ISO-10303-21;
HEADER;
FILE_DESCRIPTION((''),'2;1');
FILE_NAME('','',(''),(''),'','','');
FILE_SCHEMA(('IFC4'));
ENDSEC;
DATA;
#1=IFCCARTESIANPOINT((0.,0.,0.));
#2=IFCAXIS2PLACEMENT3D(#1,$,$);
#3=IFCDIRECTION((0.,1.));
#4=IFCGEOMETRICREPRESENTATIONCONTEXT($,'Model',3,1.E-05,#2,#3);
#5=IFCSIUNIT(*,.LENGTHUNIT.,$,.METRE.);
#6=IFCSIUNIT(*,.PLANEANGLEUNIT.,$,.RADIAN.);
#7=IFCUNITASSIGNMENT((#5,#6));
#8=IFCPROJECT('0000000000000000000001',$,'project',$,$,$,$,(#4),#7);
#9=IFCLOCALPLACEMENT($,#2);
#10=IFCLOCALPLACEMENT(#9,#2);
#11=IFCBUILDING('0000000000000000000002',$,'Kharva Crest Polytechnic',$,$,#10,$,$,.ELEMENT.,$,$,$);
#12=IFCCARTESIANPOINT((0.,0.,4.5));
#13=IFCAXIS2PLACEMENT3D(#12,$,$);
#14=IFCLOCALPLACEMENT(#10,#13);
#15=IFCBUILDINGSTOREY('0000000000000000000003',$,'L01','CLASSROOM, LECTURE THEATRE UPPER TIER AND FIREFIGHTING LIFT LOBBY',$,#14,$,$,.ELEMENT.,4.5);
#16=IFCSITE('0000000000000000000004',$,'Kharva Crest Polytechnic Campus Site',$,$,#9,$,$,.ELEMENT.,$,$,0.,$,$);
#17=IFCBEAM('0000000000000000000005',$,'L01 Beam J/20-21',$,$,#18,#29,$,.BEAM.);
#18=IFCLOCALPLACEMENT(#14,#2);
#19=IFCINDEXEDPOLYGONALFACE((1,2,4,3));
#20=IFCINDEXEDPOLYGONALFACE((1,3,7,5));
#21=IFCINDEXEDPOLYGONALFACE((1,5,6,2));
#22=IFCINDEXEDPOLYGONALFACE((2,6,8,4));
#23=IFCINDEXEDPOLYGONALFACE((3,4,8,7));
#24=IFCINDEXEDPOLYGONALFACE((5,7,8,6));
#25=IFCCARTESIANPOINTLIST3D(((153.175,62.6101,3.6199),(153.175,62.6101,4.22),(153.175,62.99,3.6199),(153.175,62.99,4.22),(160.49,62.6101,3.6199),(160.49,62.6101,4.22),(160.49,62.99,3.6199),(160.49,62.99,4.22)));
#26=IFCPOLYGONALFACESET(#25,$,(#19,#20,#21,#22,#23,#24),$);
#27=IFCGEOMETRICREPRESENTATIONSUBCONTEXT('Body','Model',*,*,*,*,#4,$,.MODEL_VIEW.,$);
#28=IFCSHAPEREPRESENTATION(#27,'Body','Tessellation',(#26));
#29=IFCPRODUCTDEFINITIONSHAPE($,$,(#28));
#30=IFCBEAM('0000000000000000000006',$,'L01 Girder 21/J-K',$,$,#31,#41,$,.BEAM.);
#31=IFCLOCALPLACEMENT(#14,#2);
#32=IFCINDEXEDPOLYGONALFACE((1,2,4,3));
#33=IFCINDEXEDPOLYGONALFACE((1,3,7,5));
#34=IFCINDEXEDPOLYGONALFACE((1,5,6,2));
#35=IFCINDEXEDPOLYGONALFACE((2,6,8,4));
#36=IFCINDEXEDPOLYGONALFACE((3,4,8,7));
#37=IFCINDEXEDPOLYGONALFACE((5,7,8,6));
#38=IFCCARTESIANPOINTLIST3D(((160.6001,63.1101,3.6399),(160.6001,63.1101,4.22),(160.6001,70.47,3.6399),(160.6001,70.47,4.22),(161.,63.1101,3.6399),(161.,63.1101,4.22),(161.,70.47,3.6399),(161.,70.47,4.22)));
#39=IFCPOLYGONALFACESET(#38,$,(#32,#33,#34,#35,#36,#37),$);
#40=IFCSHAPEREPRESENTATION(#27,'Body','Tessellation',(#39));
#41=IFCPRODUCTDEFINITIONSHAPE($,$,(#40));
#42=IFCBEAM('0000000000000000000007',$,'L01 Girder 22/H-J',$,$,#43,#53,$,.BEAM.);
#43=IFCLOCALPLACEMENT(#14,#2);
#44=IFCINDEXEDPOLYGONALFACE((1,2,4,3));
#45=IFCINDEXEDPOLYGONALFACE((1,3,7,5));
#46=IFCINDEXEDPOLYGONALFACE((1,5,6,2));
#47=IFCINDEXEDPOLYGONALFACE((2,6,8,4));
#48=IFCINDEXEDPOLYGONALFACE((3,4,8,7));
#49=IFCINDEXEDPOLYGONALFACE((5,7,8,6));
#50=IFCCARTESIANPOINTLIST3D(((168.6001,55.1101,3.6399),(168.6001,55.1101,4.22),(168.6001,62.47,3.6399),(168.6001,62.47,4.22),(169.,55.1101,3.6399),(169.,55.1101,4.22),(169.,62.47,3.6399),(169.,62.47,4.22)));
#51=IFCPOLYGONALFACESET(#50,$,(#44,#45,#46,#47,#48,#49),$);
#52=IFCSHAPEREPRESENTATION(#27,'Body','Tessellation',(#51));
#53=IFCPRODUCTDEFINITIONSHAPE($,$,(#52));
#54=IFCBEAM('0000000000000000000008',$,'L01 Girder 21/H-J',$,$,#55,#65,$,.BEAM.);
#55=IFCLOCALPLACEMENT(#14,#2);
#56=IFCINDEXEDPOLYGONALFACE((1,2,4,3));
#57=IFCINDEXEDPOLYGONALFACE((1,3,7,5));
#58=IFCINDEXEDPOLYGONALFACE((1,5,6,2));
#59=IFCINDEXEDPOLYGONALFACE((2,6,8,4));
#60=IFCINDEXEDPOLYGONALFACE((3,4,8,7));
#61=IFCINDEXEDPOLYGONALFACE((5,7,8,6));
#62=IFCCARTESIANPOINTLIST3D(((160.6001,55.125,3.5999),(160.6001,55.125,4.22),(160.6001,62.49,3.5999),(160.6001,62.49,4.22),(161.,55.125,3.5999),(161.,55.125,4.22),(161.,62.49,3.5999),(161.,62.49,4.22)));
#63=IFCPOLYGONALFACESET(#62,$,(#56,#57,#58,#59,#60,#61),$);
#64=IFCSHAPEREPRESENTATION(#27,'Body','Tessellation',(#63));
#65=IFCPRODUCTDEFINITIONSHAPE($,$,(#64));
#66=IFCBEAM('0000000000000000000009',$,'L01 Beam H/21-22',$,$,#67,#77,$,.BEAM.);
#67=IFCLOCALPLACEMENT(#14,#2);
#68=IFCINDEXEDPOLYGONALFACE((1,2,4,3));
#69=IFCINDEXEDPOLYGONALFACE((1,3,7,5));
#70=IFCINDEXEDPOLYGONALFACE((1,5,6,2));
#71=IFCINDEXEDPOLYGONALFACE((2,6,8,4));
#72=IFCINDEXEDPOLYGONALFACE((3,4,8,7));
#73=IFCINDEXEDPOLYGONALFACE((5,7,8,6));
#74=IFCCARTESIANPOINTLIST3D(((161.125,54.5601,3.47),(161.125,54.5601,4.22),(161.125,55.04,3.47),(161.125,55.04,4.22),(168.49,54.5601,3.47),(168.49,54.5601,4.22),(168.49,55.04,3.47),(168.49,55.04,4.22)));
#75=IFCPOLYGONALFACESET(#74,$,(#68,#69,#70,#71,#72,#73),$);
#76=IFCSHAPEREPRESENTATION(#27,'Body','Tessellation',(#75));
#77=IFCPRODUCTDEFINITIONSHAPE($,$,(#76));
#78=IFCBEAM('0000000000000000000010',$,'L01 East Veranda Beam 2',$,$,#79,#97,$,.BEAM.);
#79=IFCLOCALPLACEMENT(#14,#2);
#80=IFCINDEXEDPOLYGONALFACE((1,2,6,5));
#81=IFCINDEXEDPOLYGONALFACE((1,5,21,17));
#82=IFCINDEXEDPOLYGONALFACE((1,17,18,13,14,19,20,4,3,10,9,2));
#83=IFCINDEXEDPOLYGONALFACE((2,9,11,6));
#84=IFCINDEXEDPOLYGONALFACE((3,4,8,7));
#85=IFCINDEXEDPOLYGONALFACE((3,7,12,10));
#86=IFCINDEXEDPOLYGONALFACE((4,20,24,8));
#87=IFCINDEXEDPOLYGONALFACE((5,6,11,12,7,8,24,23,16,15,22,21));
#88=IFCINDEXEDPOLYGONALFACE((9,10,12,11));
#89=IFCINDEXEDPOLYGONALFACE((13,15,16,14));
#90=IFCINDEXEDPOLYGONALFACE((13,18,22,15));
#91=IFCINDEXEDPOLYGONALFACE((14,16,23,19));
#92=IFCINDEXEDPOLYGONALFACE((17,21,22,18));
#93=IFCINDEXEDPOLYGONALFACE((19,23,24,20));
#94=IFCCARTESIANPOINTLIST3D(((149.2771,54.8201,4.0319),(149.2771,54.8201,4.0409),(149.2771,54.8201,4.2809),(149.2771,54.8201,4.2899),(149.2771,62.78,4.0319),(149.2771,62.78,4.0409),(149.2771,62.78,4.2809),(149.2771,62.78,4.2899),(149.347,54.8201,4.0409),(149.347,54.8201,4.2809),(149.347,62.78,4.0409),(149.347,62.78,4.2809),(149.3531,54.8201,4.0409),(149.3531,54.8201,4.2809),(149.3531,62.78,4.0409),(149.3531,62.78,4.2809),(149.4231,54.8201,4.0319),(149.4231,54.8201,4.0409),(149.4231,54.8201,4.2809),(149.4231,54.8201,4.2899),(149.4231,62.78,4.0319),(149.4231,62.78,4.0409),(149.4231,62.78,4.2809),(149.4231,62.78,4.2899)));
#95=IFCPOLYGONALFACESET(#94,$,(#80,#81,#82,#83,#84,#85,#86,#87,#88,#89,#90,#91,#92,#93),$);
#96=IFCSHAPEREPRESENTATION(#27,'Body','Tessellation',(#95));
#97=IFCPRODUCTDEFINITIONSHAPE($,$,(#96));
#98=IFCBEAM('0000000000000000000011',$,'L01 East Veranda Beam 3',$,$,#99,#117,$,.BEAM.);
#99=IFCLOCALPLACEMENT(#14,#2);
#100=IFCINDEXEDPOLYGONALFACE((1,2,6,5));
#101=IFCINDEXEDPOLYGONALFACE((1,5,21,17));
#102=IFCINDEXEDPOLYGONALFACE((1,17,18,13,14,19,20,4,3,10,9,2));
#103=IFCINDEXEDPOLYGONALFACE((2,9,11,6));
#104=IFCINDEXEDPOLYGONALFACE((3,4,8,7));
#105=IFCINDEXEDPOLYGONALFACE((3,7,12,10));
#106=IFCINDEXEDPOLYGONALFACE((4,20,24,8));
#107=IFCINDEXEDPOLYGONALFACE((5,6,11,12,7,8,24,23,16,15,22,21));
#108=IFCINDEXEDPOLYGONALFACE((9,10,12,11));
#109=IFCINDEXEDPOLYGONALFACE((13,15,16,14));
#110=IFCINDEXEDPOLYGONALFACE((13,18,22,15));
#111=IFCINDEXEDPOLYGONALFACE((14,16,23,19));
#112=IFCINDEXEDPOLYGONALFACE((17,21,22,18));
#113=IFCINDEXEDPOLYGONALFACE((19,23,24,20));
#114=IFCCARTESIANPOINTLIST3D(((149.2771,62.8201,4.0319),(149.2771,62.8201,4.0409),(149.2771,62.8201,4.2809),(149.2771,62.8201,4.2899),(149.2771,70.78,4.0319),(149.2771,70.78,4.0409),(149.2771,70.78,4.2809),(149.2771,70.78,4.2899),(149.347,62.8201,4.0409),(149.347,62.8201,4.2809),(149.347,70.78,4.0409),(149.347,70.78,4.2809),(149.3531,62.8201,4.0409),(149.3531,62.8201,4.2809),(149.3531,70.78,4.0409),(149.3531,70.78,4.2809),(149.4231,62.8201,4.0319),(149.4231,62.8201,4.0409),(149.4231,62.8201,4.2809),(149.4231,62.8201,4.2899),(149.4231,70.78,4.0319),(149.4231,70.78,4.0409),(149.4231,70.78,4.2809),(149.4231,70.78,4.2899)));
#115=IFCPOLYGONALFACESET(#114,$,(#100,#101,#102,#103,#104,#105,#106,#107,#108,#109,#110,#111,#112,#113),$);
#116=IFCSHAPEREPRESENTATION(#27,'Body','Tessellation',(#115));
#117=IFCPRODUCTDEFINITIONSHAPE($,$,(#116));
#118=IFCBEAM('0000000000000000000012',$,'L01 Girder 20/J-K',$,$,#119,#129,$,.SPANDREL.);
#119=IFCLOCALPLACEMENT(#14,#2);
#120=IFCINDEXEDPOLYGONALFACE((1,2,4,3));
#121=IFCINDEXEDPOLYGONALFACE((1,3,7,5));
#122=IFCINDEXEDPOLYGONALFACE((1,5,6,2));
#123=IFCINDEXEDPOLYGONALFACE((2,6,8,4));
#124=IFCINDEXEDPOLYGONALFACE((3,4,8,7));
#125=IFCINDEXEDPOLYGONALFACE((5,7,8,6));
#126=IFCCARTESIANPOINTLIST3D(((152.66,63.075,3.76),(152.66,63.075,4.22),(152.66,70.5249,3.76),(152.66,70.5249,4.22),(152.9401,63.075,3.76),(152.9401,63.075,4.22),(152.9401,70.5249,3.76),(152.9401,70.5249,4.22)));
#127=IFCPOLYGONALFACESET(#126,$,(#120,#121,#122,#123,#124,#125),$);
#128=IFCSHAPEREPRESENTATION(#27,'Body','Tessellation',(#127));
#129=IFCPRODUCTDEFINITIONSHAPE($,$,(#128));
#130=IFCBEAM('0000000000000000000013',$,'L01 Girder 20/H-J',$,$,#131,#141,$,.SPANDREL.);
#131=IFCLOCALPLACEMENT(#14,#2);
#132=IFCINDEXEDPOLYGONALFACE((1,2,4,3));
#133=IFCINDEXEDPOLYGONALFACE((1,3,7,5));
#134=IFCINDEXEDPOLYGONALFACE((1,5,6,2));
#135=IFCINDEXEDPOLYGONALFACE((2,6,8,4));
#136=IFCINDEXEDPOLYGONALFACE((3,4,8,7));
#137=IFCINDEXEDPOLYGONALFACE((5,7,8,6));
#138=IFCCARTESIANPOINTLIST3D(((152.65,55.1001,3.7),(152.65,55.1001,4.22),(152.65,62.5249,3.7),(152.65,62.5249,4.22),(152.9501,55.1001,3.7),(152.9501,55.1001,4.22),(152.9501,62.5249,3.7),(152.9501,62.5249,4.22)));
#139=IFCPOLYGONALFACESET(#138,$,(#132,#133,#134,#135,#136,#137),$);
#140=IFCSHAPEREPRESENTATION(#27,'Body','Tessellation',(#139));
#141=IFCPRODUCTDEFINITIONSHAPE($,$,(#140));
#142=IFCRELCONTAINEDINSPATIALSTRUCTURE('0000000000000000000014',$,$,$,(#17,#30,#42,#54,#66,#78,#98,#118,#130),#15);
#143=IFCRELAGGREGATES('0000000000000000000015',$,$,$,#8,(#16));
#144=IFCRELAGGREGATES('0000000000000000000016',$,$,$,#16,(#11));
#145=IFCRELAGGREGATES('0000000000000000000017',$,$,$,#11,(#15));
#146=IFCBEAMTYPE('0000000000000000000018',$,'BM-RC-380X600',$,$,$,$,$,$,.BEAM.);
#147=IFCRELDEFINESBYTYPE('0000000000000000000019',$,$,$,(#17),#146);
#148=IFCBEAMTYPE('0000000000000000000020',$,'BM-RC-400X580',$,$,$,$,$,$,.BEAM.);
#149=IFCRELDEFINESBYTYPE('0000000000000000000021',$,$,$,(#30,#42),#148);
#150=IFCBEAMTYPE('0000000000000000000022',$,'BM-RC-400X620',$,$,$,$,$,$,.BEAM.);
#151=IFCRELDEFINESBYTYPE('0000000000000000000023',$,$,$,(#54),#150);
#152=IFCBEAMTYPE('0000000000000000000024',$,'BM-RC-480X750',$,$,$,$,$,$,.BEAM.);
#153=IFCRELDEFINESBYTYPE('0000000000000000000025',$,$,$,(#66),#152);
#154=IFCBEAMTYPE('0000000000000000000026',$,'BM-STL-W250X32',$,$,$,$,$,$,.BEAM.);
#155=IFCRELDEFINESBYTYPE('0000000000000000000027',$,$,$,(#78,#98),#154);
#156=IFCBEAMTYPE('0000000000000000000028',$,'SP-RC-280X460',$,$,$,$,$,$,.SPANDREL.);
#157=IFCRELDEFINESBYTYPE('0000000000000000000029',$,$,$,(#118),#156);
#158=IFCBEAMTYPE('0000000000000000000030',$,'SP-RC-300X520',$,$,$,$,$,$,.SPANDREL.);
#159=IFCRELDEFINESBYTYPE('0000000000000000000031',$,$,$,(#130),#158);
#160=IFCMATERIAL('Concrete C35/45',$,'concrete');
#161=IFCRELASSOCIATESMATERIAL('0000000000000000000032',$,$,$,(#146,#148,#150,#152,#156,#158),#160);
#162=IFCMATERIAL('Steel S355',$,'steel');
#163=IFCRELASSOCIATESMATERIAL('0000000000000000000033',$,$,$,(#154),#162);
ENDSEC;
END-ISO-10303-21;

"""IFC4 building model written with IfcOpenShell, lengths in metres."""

from ifc_helpers import new_model, si_unit, direction, frame, origin, origin_2d, place, context, subcontext, project, spatial, rectangle, i_section, extrude, material, material_profile, profile_set, type_object, element, save


model = new_model("IFC4")

# Units and contexts
model_context = context("Model", 3, precision=1e-05, world=origin(), true_north=direction((0.0, 1.0)))
body_context = subcontext(model_context, "Body", "Model", "MODEL_VIEW")
ifc_project = project(units=[si_unit("LENGTHUNIT", "METRE"), si_unit("PLANEANGLEUNIT", "RADIAN")], contexts=[model_context])

# Site, building, storey
site_placement = place(None, origin())
site = spatial("IfcSite", under=ifc_project, at=site_placement, Name="Kharva Crest Polytechnic Campus Site", CompositionType="ELEMENT", RefElevation=0.0)
building_placement = place(site_placement, origin())
building = spatial("IfcBuilding", under=site, at=building_placement, Name="Kharva Crest Polytechnic", CompositionType="ELEMENT")
storey_placement = place(building_placement, frame((0.0, 0.0, 4.5)))
storey = spatial("IfcBuildingStorey", under=building, at=storey_placement, Name="L01", Description="CLASSROOM, LECTURE THEATRE UPPER TIER AND FIREFIGHTING LIFT LOBBY", CompositionType="ELEMENT", Elevation=4.5)

# Shared definitions
ifc_material_1 = material(Name="Steel S355", Category="steel")

# Beams
ifc_material_2 = material(Name="Concrete C35/45", Category="concrete")
ifc_material_profile_1 = material_profile(ifc_material_2, rectangle(XDim=0.3799, YDim=0.6001, at=origin_2d()), Name="RECT 380 X 600")
ifc_profile_set_1 = profile_set([ifc_material_profile_1], Name="Concrete C35/45")
beam_type_1 = type_object("IfcBeamType", Name="BM-RC-380X600", PredefinedType="BEAM", material=ifc_profile_set_1)
beam_1_placement = place(storey_placement, frame((153.175, 62.8, 3.9199), z_axis=(1.0, 0.0, 0.0), x_axis=(0.0, 1.0, 0.0)))
element("IfcBeam", 1, at=beam_1_placement, inside=storey, type_object=beam_type_1, Name="L01 Beam J/20-21", PredefinedType="BEAM", context=body_context, shape_type="SweptSolid", body=[
    extrude(rectangle(XDim=0.3799, YDim=0.6001, at=origin_2d()), origin(), (0.0, 0.0, 1.0), 7.3149),
])
ifc_material_profile_2 = material_profile(ifc_material_2, rectangle(XDim=0.3999, YDim=0.5801, at=origin_2d()), Name="RECT 400 X 580")
ifc_profile_set_2 = profile_set([ifc_material_profile_2], Name="Concrete C35/45")
beam_type_2 = type_object("IfcBeamType", Name="BM-RC-400X580", PredefinedType="BEAM", material=ifc_profile_set_2)
for number, where, z_axis, x_axis, name in (
    (2, (160.8, 63.1101, 3.9299), (0.0, 1.0, 0.0), (-1.0, 0.0, 0.0), "L01 Girder 21/J-K"),
    (3, (168.8, 55.1101, 3.9299), (0.0, 1.0, 0.0), (-1.0, 0.0, 0.0), "L01 Girder 22/H-J"),
):
    element("IfcBeam", number, at=place(storey_placement, frame(where, z_axis=z_axis, x_axis=x_axis)), inside=storey, type_object=beam_type_2, Name=name, PredefinedType="BEAM", context=body_context, shape_type="SweptSolid", body=[
        extrude(rectangle(XDim=0.3999, YDim=0.5801, at=origin_2d()), origin(), (0.0, 0.0, 1.0), 7.3599),
    ])
ifc_material_profile_3 = material_profile(ifc_material_2, rectangle(XDim=0.3999, YDim=0.6201, at=origin_2d()), Name="RECT 400 X 620")
ifc_profile_set_3 = profile_set([ifc_material_profile_3], Name="Concrete C35/45")
beam_type_3 = type_object("IfcBeamType", Name="BM-RC-400X620", PredefinedType="BEAM", material=ifc_profile_set_3)
beam_2_placement = place(storey_placement, frame((160.8, 55.125, 3.9099), z_axis=(0.0, 1.0, 0.0), x_axis=(-1.0, 0.0, 0.0)))
element("IfcBeam", 4, at=beam_2_placement, inside=storey, type_object=beam_type_3, Name="L01 Girder 21/H-J", PredefinedType="BEAM", context=body_context, shape_type="SweptSolid", body=[
    extrude(rectangle(XDim=0.3999, YDim=0.6201, at=origin_2d()), origin(), (0.0, 0.0, 1.0), 7.365),
])
ifc_material_profile_4 = material_profile(ifc_material_2, rectangle(XDim=0.48, YDim=0.75, at=origin_2d()), Name="RECT 480 X 750")
ifc_profile_set_4 = profile_set([ifc_material_profile_4], Name="Concrete C35/45")
beam_type_4 = type_object("IfcBeamType", Name="BM-RC-480X750", PredefinedType="BEAM", material=ifc_profile_set_4)
beam_3_placement = place(storey_placement, frame((161.125, 54.8, 3.845), z_axis=(1.0, 0.0, 0.0), x_axis=(0.0, 1.0, 0.0)))
element("IfcBeam", 5, at=beam_3_placement, inside=storey, type_object=beam_type_4, Name="L01 Beam H/21-22", PredefinedType="BEAM", context=body_context, shape_type="SweptSolid", body=[
    extrude(rectangle(XDim=0.48, YDim=0.75, at=origin_2d()), origin(), (0.0, 0.0, 1.0), 7.365),
])
ifc_material_profile_5 = material_profile(ifc_material_1, i_section(OverallWidth=0.146, OverallDepth=0.2581, WebThickness=0.0061, FlangeThickness=0.009, at=origin_2d()), Name="W250X32.7")
ifc_profile_set_5 = profile_set([ifc_material_profile_5], Name="Steel S355")
beam_type_5 = type_object("IfcBeamType", Name="BM-STL-W250X32", PredefinedType="BEAM", material=ifc_profile_set_5)
for number, where, z_axis, x_axis, name in (
    (6, (149.3501, 54.8201, 4.1609), (0.0, 1.0, 0.0), (-1.0, 0.0, 0.0), "L01 East Veranda Beam 2"),
    (7, (149.3501, 62.8201, 4.1609), (0.0, 1.0, 0.0), (-1.0, 0.0, 0.0), "L01 East Veranda Beam 3"),
):
    element("IfcBeam", number, at=place(storey_placement, frame(where, z_axis=z_axis, x_axis=x_axis)), inside=storey, type_object=beam_type_5, Name=name, PredefinedType="BEAM", context=body_context, shape_type="SweptSolid", body=[
        extrude(i_section(OverallWidth=0.146, OverallDepth=0.2581, WebThickness=0.0061, FlangeThickness=0.009, at=origin_2d()), origin(), (0.0, 0.0, 1.0), 7.96),
    ])
ifc_material_profile_6 = material_profile(ifc_material_2, rectangle(XDim=0.28, YDim=0.46, at=origin_2d()), Name="RECT 280 X 460")
ifc_profile_set_6 = profile_set([ifc_material_profile_6], Name="Concrete C35/45")
beam_type_6 = type_object("IfcBeamType", Name="SP-RC-280X460", PredefinedType="SPANDREL", material=ifc_profile_set_6)
beam_4_placement = place(storey_placement, frame((152.8, 63.075, 3.99), z_axis=(0.0, 1.0, 0.0), x_axis=(-1.0, 0.0, 0.0)))
element("IfcBeam", 8, at=beam_4_placement, inside=storey, type_object=beam_type_6, Name="L01 Girder 20/J-K", PredefinedType="SPANDREL", context=body_context, shape_type="SweptSolid", body=[
    extrude(rectangle(XDim=0.28, YDim=0.46, at=origin_2d()), origin(), (0.0, 0.0, 1.0), 7.45),
])
ifc_material_profile_7 = material_profile(ifc_material_2, rectangle(XDim=0.3, YDim=0.52, at=origin_2d()), Name="RECT 300 X 520")
ifc_profile_set_7 = profile_set([ifc_material_profile_7], Name="Concrete C35/45")
beam_type_7 = type_object("IfcBeamType", Name="SP-RC-300X520", PredefinedType="SPANDREL", material=ifc_profile_set_7)
beam_5_placement = place(storey_placement, frame((152.8, 55.1001, 3.96), z_axis=(0.0, 1.0, 0.0), x_axis=(-1.0, 0.0, 0.0)))
element("IfcBeam", 9, at=beam_5_placement, inside=storey, type_object=beam_type_7, Name="L01 Girder 20/H-J", PredefinedType="SPANDREL", context=body_context, shape_type="SweptSolid", body=[
    extrude(rectangle(XDim=0.3, YDim=0.52, at=origin_2d()), origin(), (0.0, 0.0, 1.0), 7.4248),
])

save(model, "model.ifc")
